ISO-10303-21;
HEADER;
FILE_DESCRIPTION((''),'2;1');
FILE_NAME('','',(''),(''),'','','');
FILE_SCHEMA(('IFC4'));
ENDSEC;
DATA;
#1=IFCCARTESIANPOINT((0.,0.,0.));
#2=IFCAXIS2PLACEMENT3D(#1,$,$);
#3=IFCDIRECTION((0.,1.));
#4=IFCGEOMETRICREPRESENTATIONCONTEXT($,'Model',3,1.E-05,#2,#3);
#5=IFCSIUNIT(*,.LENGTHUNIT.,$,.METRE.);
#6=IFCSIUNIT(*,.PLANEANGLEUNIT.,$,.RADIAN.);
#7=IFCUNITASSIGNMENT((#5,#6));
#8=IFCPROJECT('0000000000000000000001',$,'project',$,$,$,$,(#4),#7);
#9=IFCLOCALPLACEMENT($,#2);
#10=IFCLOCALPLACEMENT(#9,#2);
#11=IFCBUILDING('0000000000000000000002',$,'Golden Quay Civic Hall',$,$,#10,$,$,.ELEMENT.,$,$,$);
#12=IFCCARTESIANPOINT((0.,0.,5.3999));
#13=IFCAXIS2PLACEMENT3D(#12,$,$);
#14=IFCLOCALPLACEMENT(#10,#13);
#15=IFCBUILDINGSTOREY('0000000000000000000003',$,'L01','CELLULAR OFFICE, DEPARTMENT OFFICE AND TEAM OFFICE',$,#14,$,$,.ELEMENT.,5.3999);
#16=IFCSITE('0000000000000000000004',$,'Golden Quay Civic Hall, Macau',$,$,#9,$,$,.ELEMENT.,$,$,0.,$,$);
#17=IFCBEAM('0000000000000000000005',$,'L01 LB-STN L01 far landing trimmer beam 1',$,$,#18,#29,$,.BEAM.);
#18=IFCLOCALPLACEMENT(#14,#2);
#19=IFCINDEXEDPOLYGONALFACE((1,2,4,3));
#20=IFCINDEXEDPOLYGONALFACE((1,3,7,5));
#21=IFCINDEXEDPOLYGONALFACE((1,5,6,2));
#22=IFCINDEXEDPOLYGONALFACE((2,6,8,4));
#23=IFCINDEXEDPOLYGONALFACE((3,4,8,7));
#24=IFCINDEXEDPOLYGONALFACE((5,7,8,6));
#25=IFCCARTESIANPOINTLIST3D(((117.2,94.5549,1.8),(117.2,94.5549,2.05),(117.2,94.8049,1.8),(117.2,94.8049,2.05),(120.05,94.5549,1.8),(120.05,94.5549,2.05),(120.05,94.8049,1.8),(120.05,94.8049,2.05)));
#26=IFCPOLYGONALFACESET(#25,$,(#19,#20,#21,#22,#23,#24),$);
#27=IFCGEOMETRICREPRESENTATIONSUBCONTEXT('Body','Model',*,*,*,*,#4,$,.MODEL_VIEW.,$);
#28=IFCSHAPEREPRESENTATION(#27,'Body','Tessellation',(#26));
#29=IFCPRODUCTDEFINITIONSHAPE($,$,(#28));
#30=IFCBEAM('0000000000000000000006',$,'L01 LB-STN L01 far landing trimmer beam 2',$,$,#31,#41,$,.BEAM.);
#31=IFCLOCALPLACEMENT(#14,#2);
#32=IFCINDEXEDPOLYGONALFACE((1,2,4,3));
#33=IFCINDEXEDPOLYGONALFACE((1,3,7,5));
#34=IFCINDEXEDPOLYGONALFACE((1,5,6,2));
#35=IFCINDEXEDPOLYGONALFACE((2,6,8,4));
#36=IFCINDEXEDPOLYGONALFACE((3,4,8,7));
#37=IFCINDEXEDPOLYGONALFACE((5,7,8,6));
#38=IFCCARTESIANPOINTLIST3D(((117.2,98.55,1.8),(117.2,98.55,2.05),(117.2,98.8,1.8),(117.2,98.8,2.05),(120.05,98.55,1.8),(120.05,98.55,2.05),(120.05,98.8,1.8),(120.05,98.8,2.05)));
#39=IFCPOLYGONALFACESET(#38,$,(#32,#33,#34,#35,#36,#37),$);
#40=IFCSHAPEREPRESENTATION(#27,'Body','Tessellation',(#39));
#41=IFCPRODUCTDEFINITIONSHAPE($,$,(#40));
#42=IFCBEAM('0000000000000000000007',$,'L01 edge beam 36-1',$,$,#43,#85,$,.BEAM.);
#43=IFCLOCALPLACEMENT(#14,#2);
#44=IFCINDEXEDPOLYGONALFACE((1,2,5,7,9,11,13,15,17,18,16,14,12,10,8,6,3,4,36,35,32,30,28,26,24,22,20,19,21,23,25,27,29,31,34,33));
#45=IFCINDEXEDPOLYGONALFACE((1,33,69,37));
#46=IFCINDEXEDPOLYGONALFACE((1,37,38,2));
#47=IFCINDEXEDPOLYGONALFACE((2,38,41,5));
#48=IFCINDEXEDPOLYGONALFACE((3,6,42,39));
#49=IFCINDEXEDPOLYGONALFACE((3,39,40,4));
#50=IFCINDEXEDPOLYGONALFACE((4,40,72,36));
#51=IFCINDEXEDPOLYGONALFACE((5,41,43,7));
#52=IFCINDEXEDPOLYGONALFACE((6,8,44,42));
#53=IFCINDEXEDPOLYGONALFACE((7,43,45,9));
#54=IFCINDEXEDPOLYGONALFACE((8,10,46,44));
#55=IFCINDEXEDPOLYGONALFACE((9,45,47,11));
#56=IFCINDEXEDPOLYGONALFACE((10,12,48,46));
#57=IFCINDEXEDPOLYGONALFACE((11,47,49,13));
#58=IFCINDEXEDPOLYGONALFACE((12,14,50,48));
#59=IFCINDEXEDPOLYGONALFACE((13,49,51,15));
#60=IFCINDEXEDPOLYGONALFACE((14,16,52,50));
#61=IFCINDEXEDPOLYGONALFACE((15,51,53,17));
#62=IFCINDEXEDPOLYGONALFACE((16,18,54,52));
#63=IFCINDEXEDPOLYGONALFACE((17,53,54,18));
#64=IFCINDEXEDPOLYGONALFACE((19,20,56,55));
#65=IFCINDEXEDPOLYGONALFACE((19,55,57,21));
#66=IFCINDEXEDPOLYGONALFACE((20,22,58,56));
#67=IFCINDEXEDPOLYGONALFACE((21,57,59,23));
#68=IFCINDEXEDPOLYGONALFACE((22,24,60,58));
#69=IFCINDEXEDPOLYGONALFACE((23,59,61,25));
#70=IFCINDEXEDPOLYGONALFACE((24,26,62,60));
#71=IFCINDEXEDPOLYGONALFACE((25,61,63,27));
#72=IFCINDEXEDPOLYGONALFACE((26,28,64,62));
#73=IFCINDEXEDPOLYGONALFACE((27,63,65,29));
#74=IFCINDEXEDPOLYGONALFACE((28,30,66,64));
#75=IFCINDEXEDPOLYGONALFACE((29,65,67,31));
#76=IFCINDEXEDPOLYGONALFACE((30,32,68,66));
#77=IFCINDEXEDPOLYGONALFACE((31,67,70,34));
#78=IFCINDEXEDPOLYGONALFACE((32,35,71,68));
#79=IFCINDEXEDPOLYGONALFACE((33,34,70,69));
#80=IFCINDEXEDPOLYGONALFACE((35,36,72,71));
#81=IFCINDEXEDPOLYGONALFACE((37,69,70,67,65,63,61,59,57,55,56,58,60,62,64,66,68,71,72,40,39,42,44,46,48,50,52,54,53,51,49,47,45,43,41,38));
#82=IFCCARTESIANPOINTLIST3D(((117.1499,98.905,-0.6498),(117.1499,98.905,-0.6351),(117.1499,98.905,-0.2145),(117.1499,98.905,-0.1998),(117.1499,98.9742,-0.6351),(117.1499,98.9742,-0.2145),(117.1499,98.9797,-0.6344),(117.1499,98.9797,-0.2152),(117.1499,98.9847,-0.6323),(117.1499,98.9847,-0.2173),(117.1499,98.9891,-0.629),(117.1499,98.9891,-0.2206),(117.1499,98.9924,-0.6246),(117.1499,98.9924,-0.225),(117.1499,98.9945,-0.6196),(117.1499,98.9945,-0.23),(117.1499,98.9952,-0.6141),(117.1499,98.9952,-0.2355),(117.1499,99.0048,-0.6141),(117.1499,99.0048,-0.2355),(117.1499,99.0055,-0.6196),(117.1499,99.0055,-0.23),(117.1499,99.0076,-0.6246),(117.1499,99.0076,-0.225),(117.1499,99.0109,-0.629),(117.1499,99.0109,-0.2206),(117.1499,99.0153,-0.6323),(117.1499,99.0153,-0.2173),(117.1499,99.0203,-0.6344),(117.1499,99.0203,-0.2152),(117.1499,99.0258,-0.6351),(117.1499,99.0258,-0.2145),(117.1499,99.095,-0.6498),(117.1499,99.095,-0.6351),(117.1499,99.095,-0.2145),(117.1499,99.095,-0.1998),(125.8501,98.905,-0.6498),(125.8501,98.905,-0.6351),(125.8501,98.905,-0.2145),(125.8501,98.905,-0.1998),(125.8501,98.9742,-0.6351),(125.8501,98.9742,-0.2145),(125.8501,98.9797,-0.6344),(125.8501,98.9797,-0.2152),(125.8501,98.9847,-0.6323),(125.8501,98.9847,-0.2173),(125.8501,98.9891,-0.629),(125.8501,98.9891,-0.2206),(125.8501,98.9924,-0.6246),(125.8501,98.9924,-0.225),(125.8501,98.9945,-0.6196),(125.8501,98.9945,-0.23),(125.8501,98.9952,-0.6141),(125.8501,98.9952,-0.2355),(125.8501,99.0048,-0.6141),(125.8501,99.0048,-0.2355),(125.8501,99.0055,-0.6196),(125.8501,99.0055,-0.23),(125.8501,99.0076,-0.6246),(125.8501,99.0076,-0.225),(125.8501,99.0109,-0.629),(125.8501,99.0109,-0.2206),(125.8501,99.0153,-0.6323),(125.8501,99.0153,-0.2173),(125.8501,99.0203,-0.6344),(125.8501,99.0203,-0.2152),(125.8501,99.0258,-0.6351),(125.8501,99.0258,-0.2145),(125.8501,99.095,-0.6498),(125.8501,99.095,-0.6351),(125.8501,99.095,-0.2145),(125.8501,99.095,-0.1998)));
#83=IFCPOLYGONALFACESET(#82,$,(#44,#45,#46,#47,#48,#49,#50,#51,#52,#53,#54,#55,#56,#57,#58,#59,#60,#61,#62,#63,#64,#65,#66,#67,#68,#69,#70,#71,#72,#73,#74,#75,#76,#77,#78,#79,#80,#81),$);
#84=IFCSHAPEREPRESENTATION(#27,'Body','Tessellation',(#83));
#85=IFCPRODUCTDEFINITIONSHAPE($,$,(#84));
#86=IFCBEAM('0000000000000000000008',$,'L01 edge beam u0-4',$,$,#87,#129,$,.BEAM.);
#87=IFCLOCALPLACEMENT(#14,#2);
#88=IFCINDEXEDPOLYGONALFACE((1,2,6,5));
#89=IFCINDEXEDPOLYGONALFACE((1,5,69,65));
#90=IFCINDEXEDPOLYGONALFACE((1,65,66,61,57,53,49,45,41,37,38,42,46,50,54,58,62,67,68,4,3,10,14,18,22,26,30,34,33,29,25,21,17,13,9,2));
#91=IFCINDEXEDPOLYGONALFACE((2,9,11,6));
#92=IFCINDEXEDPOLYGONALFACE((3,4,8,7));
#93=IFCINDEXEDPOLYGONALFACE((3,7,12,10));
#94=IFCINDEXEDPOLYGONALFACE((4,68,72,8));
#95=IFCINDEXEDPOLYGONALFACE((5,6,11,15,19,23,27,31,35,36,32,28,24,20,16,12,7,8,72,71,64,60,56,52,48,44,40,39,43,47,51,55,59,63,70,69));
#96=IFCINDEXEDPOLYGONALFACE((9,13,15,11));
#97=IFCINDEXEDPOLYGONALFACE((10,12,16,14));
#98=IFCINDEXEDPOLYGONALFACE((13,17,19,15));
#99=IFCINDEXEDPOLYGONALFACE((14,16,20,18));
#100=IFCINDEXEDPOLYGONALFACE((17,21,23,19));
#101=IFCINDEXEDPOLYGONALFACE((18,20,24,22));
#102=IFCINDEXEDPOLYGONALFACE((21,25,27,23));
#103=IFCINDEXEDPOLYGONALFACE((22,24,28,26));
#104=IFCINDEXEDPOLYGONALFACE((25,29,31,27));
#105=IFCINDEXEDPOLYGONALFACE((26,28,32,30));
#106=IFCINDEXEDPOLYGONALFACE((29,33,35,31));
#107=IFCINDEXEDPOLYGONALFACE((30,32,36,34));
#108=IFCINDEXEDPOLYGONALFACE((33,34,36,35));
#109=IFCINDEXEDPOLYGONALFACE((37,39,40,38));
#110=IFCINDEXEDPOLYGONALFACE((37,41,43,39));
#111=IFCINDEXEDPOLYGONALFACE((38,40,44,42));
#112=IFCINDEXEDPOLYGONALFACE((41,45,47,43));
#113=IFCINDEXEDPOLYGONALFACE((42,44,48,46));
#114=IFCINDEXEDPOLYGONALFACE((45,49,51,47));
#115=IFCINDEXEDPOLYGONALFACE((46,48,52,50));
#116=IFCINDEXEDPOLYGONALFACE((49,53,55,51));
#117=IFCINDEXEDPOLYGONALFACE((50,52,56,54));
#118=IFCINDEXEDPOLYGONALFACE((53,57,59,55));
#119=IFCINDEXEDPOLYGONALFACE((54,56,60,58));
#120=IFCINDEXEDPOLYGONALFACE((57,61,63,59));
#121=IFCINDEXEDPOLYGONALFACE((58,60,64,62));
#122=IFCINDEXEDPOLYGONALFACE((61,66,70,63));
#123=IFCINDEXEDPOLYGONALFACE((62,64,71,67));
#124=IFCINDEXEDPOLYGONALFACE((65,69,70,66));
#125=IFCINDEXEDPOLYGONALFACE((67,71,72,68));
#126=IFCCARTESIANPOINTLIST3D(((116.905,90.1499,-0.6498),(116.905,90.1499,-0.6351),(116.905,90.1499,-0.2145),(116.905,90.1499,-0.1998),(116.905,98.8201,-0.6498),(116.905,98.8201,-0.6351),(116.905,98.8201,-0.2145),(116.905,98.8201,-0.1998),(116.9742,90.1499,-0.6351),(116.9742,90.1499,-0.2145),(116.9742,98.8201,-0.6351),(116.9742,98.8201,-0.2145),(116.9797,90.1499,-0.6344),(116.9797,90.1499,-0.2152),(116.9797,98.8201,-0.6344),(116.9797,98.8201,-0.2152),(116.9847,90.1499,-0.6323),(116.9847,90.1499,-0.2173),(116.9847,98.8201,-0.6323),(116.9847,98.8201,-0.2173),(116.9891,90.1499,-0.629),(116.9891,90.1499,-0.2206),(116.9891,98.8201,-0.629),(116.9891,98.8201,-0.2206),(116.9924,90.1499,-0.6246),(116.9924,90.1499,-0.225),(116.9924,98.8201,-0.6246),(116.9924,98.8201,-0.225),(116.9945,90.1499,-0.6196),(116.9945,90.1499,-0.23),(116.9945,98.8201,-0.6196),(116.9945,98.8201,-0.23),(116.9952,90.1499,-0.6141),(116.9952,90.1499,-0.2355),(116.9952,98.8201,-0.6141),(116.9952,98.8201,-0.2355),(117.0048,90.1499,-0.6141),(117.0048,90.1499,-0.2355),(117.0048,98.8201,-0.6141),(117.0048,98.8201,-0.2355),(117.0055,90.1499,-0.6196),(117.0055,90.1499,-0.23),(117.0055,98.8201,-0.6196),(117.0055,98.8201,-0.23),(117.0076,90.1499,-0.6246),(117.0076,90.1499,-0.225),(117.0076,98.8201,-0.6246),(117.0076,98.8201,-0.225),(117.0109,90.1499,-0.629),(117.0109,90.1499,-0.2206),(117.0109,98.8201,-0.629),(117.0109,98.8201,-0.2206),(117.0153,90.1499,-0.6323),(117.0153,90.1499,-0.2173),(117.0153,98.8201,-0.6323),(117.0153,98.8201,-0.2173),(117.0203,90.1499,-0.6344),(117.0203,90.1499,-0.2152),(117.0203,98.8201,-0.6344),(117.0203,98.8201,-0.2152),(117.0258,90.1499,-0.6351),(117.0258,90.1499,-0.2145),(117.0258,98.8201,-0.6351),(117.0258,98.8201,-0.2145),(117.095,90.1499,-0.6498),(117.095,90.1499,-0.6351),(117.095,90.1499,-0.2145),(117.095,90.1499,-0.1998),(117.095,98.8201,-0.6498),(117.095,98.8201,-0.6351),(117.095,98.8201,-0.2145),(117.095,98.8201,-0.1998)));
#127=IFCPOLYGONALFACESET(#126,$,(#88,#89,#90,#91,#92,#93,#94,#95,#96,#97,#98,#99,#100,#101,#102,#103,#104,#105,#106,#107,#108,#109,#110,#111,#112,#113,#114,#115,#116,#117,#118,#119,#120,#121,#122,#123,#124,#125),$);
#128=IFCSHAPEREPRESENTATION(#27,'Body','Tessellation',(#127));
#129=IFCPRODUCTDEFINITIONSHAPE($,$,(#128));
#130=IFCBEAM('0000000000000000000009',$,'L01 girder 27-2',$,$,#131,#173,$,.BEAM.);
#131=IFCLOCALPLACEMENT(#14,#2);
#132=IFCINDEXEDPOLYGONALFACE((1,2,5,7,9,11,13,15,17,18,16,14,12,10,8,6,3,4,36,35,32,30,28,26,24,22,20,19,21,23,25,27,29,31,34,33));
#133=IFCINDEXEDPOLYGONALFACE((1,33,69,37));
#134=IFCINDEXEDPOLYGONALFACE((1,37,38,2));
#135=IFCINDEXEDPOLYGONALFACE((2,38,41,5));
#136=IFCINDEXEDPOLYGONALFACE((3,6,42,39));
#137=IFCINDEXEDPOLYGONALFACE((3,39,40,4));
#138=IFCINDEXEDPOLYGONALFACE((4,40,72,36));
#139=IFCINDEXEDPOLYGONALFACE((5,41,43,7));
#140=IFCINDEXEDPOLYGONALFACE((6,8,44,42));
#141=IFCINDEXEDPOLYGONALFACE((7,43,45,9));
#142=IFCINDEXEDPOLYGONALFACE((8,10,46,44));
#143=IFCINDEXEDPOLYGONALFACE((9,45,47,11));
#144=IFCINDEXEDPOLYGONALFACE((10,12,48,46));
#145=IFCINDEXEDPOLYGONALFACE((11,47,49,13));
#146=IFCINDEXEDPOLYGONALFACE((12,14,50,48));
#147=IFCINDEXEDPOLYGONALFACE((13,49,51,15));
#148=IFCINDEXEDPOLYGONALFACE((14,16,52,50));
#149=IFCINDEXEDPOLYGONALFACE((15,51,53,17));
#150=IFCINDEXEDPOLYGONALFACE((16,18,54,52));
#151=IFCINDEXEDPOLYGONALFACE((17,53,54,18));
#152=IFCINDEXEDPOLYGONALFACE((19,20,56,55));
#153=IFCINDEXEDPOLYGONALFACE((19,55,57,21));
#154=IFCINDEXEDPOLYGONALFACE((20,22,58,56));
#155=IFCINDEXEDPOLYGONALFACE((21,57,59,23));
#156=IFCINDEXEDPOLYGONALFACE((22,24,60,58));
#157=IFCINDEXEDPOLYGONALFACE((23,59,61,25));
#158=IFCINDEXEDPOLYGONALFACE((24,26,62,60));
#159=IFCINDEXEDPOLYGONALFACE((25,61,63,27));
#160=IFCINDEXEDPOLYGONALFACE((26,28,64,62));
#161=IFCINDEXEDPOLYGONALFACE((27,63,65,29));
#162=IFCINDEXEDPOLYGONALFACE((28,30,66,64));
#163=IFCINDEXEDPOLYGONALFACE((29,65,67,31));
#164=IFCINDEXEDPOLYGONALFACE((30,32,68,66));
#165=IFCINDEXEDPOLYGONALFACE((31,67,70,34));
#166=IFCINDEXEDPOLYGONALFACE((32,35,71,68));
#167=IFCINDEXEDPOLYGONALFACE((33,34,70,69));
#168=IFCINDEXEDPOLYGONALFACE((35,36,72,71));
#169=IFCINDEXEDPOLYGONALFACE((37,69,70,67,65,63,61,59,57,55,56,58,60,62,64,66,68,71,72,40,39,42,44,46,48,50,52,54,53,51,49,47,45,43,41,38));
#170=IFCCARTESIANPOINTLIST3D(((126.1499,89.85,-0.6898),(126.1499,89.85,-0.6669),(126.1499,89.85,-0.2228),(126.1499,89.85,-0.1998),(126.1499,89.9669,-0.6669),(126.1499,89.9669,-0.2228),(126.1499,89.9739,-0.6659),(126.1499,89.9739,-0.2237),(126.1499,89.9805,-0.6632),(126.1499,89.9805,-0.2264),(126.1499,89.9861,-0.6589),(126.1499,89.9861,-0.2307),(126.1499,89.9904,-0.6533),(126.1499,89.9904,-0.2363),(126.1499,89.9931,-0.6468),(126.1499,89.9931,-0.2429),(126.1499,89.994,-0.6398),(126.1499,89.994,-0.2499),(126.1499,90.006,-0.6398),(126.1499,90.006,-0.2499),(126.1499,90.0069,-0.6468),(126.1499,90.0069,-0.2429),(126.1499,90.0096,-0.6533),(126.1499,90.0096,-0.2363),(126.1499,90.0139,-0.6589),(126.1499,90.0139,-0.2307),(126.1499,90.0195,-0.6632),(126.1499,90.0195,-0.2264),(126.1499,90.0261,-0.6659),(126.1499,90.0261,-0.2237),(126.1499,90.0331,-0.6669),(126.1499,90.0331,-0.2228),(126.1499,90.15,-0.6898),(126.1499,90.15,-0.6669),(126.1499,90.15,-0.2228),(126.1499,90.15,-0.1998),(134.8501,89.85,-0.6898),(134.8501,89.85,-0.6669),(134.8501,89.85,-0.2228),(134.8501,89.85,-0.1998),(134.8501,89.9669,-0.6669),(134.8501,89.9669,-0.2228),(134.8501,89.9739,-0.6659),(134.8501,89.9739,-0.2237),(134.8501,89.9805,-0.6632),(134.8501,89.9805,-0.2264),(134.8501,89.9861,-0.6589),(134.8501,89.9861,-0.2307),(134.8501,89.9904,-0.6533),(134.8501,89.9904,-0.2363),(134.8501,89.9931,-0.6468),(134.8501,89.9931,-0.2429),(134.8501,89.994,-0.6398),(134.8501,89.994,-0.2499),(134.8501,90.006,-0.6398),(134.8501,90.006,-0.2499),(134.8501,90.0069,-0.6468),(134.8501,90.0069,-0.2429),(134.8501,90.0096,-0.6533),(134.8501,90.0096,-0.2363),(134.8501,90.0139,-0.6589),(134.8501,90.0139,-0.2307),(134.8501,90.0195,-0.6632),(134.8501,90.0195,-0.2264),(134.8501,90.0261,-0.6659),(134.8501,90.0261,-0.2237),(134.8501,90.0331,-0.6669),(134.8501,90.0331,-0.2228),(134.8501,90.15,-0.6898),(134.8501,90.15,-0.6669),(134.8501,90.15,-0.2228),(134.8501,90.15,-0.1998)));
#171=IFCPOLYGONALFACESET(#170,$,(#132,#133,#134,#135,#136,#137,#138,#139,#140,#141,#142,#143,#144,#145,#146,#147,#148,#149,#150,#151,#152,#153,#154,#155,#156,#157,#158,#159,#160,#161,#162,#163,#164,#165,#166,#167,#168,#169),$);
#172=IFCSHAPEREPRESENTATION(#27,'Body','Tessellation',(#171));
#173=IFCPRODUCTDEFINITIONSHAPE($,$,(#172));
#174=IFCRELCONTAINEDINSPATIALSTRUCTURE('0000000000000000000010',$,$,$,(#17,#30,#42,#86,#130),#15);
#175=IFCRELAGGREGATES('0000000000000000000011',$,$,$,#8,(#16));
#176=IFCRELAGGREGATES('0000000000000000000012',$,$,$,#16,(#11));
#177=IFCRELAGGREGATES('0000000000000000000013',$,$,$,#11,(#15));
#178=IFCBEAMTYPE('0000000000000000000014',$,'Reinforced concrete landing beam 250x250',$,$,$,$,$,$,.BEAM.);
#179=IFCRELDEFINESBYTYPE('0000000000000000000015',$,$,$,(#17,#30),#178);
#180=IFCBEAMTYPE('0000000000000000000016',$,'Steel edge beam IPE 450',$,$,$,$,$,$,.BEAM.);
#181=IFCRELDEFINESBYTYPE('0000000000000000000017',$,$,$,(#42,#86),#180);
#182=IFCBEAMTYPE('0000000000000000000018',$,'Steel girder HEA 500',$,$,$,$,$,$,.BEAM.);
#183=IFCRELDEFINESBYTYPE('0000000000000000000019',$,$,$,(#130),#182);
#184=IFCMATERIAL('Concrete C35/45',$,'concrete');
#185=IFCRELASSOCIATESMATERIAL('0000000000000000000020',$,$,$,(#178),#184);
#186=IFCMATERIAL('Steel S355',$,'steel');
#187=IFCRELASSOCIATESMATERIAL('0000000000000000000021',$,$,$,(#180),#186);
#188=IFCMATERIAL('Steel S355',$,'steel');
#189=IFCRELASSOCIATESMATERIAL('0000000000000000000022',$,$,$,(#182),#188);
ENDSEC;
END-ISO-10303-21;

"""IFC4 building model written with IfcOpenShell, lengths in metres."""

from ifc_helpers import new_model, si_unit, direction, frame, origin, origin_2d, place, context, subcontext, project, spatial, rectangle, i_section, extrude, material, material_profile, profile_set, type_object, element, save


model = new_model("IFC4")

# Units and contexts
model_context = context("Model", 3, precision=1e-05, world=origin(), true_north=direction((0.0, 1.0)))
body_context = subcontext(model_context, "Body", "Model", "MODEL_VIEW")
ifc_project = project(units=[si_unit("LENGTHUNIT", "METRE"), si_unit("PLANEANGLEUNIT", "RADIAN")], contexts=[model_context])

# Site, building, storey
site_placement = place(None, origin())
site = spatial("IfcSite", under=ifc_project, at=site_placement, Name="Golden Quay Civic Hall, Macau", CompositionType="ELEMENT", RefElevation=0.0)
building_placement = place(site_placement, origin())
building = spatial("IfcBuilding", under=site, at=building_placement, Name="Golden Quay Civic Hall", CompositionType="ELEMENT")
storey_placement = place(building_placement, frame((0.0, 0.0, 5.3999)))
storey = spatial("IfcBuildingStorey", under=building, at=storey_placement, Name="L01", Description="CELLULAR OFFICE, DEPARTMENT OFFICE AND TEAM OFFICE", CompositionType="ELEMENT", Elevation=5.3999)

# Beams
ifc_material_1 = material(Name="Concrete C35/45", Category="concrete")
ifc_material_profile_1 = material_profile(ifc_material_1, rectangle(XDim=0.25, YDim=0.25, at=origin_2d()), Name="RC 250x250")
ifc_profile_set_1 = profile_set([ifc_material_profile_1], Name="Concrete C35/45")
beam_type_1 = type_object("IfcBeamType", Name="Reinforced concrete landing beam 250x250", PredefinedType="BEAM", material=ifc_profile_set_1)
for number, where, z_axis, x_axis, name in (
    (1, (120.05, 94.6799, 1.925), (-1.0, 0.0, 0.0), (0.0, -1.0, 0.0), "L01 LB-STN L01 far landing trimmer beam 1"),
    (2, (120.05, 98.675, 1.925), (-1.0, 0.0, 0.0), (0.0, -1.0, 0.0), "L01 LB-STN L01 far landing trimmer beam 2"),
):
    element("IfcBeam", number, at=place(storey_placement, frame(where, z_axis=z_axis, x_axis=x_axis)), inside=storey, type_object=beam_type_1, Name=name, PredefinedType="BEAM", context=body_context, shape_type="SweptSolid", body=[
        extrude(rectangle(XDim=0.25, YDim=0.25, at=origin_2d()), origin(), (0.0, 0.0, 1.0), 2.8501),
    ])
ifc_material_2 = material(Name="Steel S355", Category="steel")
ifc_material_profile_2 = material_profile(ifc_material_2, i_section(OverallWidth=0.1899, OverallDepth=0.45, WebThickness=0.0095, FlangeThickness=0.0146, FilletRadius=0.021, at=origin_2d()), Name="IPE 450")
ifc_profile_set_2 = profile_set([ifc_material_profile_2], Name="Steel S355")
beam_type_2 = type_object("IfcBeamType", Name="Steel edge beam IPE 450", PredefinedType="BEAM", material=ifc_profile_set_2)
beam_1_placement = place(storey_placement, frame((117.1499, 99.0, -0.4248), z_axis=(1.0, 0.0, 0.0), x_axis=(0.0, 1.0, 0.0)))
element("IfcBeam", 3, at=beam_1_placement, inside=storey, type_object=beam_type_2, Name="L01 edge beam 36-1", PredefinedType="BEAM", context=body_context, shape_type="SweptSolid", body=[
    extrude(i_section(OverallWidth=0.1899, OverallDepth=0.45, WebThickness=0.0095, FlangeThickness=0.0146, FilletRadius=0.021, at=origin_2d()), origin(), (0.0, 0.0, 1.0), 8.7002),
])
beam_2_placement = place(storey_placement, frame((117.0, 90.1499, -0.4248), z_axis=(0.0, 1.0, 0.0), x_axis=(-1.0, 0.0, 0.0)))
element("IfcBeam", 4, at=beam_2_placement, inside=storey, type_object=beam_type_2, Name="L01 edge beam u0-4", PredefinedType="BEAM", context=body_context, shape_type="SweptSolid", body=[
    extrude(i_section(OverallWidth=0.1899, OverallDepth=0.45, WebThickness=0.0095, FlangeThickness=0.0146, FilletRadius=0.021, at=origin_2d()), origin(), (0.0, 0.0, 1.0), 8.6702),
])
ifc_material_3 = material(Name="Steel S355", Category="steel")
ifc_material_profile_3 = material_profile(ifc_material_3, i_section(OverallWidth=0.3, OverallDepth=0.49, WebThickness=0.012, FlangeThickness=0.0229, FilletRadius=0.0271, at=origin_2d()), Name="HEA 500")
ifc_profile_set_3 = profile_set([ifc_material_profile_3], Name="Steel S355")
beam_type_3 = type_object("IfcBeamType", Name="Steel girder HEA 500", PredefinedType="BEAM", material=ifc_profile_set_3)
beam_3_placement = place(storey_placement, frame((126.1499, 90.0, -0.4448), z_axis=(1.0, 0.0, 0.0), x_axis=(0.0, 1.0, 0.0)))
element("IfcBeam", 5, at=beam_3_placement, inside=storey, type_object=beam_type_3, Name="L01 girder 27-2", PredefinedType="BEAM", context=body_context, shape_type="SweptSolid", body=[
    extrude(i_section(OverallWidth=0.3, OverallDepth=0.49, WebThickness=0.012, FlangeThickness=0.0229, FilletRadius=0.0271, at=origin_2d()), origin(), (0.0, 0.0, 1.0), 8.7002),
])

save(model, "model.ifc")
